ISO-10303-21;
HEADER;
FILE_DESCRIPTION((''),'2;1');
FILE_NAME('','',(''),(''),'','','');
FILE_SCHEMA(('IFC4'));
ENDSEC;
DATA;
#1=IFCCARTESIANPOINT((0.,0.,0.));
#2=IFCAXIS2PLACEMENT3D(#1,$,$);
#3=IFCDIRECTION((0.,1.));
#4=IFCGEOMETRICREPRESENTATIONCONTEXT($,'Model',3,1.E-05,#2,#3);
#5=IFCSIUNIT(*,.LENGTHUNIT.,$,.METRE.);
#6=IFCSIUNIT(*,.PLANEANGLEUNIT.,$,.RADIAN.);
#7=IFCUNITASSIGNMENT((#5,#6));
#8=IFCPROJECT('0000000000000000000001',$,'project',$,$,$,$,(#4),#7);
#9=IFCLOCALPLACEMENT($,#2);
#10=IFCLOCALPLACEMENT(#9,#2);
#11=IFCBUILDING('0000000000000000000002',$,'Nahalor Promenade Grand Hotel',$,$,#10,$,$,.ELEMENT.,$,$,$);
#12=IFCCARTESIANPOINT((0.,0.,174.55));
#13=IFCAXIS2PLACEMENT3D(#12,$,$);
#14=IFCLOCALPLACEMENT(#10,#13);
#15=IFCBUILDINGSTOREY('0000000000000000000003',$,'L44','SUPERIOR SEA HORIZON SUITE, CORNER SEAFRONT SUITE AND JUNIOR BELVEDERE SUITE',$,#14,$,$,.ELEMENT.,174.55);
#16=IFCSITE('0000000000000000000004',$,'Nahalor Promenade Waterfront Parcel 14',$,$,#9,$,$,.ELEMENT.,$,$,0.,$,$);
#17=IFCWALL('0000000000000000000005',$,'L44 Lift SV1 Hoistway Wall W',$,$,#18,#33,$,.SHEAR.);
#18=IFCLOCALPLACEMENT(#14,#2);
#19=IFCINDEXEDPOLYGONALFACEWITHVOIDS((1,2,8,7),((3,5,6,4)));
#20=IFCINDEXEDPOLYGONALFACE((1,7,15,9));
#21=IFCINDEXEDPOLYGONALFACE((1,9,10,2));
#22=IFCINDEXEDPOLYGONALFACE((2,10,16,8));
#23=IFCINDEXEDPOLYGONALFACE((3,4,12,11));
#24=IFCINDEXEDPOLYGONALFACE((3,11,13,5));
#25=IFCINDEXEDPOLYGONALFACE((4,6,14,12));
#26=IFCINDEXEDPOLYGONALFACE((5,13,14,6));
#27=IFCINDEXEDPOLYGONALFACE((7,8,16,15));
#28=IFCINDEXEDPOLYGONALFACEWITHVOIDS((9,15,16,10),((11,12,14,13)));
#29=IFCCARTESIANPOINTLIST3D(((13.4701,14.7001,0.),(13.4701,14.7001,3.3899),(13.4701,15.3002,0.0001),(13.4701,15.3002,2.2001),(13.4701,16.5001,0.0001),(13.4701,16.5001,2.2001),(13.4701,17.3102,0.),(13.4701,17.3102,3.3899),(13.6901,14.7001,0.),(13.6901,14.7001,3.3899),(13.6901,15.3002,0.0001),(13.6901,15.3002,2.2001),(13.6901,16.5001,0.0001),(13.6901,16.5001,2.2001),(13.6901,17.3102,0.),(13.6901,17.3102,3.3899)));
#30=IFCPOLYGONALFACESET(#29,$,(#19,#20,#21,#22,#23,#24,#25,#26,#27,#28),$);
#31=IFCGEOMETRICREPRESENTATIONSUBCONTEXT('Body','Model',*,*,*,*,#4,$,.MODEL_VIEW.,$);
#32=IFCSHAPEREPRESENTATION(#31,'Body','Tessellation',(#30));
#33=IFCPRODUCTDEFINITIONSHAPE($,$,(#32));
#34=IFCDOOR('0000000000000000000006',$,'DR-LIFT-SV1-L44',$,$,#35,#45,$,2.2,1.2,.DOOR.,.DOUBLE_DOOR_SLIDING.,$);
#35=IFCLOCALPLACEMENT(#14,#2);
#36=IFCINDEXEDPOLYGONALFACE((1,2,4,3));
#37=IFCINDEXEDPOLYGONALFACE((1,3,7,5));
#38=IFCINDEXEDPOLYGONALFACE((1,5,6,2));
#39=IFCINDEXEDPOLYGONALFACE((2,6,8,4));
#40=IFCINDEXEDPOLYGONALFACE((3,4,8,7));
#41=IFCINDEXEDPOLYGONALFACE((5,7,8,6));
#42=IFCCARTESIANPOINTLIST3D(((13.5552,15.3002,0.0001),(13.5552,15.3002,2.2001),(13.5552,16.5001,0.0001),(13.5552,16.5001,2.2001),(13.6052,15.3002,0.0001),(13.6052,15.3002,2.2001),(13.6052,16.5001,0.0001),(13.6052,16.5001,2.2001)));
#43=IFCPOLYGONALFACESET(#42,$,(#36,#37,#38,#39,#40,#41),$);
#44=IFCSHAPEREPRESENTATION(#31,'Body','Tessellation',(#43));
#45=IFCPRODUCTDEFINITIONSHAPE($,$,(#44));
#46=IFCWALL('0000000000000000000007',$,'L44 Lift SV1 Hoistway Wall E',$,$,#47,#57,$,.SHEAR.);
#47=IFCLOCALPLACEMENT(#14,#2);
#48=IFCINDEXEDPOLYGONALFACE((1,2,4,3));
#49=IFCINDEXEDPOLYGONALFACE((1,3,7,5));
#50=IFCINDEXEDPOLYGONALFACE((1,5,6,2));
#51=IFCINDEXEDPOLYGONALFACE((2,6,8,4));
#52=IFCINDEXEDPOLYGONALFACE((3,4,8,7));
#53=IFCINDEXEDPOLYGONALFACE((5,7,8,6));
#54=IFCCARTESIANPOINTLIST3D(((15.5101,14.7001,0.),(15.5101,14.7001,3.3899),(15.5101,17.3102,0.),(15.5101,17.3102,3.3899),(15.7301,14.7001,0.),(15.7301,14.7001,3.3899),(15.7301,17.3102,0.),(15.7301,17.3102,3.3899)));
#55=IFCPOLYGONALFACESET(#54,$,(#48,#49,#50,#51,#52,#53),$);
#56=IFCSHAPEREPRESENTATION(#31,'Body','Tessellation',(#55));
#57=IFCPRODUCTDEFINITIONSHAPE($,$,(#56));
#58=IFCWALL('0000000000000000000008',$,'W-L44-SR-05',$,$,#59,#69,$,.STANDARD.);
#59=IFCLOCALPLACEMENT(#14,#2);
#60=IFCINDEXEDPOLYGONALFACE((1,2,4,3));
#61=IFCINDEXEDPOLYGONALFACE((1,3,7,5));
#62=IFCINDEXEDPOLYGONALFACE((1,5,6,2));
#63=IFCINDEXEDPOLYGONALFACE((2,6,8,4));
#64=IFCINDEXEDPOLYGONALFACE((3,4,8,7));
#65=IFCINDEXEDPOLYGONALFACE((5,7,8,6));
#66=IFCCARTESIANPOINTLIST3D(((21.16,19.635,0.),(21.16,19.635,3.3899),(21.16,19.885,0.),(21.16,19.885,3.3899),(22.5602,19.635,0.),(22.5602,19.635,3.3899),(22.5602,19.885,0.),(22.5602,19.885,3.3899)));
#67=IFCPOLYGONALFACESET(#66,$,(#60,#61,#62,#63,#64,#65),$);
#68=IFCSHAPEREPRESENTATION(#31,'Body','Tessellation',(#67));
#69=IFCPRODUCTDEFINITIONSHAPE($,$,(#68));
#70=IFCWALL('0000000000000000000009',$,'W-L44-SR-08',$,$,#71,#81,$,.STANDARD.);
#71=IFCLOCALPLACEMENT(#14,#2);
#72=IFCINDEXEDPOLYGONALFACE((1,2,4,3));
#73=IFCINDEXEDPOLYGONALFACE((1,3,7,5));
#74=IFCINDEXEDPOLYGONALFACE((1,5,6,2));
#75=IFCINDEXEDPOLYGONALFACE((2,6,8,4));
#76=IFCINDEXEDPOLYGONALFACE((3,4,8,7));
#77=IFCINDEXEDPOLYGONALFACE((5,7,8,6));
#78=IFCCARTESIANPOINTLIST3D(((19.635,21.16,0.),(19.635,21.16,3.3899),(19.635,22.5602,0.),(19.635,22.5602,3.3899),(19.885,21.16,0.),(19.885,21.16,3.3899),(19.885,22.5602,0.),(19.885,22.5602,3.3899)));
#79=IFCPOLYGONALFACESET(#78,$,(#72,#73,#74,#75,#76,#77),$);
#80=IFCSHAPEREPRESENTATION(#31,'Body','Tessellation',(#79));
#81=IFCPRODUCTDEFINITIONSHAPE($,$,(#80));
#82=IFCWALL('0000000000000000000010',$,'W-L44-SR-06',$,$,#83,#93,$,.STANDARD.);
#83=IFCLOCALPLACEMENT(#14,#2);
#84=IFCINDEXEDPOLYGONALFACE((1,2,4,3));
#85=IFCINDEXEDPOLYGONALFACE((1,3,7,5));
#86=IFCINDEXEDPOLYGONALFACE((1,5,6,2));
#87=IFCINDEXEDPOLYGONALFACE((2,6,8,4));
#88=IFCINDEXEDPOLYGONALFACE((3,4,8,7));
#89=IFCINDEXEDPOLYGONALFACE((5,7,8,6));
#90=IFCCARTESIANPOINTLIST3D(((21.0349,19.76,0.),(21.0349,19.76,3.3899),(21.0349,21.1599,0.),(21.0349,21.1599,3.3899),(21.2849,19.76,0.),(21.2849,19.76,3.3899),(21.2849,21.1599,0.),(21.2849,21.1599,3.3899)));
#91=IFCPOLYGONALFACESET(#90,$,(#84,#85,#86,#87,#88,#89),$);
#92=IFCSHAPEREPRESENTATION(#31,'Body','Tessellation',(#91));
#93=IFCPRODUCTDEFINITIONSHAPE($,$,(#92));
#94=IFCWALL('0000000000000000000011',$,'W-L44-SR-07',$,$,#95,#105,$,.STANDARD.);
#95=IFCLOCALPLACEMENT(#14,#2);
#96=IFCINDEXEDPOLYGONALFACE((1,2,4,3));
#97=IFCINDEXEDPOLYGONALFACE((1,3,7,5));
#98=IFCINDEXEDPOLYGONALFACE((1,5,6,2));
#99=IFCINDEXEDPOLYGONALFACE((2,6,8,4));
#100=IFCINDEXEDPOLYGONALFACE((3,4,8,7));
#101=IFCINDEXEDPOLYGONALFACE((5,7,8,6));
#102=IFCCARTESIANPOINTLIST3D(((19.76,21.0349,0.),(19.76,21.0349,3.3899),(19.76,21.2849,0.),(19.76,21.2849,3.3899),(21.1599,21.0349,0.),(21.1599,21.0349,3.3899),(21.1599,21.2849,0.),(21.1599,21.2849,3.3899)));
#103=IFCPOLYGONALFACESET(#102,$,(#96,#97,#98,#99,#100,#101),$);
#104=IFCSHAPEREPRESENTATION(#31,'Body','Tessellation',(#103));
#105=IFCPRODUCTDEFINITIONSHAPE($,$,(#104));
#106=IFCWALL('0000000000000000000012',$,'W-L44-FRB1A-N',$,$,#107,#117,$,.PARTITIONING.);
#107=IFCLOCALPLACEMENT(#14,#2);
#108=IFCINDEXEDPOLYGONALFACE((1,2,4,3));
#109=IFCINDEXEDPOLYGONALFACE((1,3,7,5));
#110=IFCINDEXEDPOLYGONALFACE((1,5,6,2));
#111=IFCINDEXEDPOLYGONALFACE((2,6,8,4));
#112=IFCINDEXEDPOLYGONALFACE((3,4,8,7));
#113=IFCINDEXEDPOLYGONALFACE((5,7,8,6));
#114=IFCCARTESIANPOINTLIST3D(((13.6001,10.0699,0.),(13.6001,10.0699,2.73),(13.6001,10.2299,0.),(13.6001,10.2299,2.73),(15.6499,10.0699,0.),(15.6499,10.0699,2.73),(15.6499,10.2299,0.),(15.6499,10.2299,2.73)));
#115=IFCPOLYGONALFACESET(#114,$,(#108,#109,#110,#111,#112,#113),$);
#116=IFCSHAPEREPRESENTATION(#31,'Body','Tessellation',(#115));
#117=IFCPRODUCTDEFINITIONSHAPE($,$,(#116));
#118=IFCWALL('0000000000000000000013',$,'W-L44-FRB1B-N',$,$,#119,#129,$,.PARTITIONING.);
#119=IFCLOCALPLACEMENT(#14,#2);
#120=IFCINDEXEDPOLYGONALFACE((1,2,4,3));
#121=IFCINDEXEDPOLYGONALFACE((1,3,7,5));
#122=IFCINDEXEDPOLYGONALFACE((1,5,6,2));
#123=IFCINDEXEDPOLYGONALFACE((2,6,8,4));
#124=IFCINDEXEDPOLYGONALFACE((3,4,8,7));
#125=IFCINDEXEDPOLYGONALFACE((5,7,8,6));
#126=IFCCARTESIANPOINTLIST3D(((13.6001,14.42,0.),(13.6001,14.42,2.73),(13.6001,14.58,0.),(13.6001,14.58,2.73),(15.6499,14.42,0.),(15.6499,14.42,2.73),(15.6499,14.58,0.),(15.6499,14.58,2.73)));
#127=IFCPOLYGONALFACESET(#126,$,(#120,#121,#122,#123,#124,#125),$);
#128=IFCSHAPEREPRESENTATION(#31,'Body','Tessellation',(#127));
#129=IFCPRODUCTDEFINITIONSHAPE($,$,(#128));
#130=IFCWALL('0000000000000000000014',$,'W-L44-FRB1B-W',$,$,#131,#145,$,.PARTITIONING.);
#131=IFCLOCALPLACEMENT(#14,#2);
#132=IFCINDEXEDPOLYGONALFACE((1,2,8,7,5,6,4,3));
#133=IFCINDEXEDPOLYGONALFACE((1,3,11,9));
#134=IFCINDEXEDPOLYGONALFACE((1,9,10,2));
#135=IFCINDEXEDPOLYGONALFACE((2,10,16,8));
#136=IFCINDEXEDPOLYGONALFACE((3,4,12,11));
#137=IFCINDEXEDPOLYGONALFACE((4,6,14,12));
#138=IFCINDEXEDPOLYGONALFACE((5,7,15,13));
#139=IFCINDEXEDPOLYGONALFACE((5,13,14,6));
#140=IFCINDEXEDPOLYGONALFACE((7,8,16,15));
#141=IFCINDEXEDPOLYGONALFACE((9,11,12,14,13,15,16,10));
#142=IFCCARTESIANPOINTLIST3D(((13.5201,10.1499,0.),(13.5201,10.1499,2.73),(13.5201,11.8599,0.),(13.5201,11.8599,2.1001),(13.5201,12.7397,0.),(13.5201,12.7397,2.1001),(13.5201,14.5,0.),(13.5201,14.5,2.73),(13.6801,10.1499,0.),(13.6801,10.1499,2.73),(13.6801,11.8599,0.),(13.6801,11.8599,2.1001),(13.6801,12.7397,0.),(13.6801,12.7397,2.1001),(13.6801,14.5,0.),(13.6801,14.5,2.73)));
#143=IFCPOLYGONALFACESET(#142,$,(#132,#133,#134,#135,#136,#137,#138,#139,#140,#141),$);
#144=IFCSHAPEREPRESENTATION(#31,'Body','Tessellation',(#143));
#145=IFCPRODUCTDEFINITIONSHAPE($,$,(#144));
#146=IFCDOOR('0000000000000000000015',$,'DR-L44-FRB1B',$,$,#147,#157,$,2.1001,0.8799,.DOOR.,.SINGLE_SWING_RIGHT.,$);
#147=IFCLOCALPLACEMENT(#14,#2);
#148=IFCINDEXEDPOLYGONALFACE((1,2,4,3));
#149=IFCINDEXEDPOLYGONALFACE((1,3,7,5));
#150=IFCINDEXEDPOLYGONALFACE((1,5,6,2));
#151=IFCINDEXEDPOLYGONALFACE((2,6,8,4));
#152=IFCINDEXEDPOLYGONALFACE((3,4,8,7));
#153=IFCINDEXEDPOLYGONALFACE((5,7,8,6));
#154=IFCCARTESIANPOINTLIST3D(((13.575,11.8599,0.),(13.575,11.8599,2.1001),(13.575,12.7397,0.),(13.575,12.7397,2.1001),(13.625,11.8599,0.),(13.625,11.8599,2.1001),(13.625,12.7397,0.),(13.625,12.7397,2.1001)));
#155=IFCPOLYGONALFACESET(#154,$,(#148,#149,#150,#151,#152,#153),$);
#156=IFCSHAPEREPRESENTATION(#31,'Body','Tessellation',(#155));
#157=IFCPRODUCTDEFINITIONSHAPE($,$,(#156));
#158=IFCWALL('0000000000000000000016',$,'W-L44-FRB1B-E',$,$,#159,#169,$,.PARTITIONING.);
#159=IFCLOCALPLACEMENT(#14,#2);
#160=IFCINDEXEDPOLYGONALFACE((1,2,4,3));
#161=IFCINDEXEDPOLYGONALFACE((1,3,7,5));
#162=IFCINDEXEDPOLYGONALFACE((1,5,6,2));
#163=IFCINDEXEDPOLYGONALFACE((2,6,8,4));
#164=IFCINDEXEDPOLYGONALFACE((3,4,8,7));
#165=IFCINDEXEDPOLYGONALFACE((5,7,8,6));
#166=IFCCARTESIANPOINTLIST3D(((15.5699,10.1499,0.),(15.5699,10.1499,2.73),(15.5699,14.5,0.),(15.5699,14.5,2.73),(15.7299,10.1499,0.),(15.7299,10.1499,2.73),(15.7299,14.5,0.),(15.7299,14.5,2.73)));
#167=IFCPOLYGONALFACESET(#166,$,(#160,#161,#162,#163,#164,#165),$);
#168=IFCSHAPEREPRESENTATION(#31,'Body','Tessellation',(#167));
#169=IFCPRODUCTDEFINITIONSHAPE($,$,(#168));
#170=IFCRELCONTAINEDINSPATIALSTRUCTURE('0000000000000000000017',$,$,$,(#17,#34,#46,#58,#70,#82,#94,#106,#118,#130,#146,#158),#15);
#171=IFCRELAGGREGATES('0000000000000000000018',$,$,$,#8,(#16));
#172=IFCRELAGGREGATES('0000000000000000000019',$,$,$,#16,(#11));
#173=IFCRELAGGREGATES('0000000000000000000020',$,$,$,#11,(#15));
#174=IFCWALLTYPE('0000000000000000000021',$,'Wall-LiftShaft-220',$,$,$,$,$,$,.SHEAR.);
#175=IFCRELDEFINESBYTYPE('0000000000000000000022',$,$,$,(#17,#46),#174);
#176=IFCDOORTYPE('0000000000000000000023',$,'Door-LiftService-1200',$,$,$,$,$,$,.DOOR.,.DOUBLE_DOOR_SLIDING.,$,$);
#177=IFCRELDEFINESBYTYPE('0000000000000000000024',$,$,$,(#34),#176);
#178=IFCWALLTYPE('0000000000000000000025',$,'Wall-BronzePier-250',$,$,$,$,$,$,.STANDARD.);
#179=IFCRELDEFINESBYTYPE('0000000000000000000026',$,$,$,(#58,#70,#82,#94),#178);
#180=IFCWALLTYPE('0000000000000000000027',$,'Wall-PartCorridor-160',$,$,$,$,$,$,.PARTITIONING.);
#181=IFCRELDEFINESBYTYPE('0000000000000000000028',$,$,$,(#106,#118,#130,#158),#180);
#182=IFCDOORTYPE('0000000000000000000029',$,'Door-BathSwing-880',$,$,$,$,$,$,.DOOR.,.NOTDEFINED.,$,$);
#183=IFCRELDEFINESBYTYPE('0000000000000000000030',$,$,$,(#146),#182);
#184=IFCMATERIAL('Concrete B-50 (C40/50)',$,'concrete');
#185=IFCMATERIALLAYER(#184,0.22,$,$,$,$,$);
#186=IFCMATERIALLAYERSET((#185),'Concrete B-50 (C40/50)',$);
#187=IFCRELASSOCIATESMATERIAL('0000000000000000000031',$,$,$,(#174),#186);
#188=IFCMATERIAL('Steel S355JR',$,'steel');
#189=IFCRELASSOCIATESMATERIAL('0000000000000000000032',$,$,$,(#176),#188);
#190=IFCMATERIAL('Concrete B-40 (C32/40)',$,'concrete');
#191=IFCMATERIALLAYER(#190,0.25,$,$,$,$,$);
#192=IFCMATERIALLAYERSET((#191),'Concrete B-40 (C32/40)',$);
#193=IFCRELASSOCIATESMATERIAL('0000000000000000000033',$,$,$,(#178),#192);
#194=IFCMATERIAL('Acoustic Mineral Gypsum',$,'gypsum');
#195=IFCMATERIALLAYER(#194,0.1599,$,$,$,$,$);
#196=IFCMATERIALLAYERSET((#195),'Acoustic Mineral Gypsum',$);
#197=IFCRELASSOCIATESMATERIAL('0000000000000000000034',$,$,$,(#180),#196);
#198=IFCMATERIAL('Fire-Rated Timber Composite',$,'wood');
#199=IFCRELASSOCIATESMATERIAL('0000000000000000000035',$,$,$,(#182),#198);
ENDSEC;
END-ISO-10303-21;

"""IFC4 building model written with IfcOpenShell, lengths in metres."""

from ifc_helpers import new_model, si_unit, direction, frame, frame_2d, origin, place, context, subcontext, project, spatial, rectangle, extrude, source, transform, mapped, material, layer, layer_set, type_object, element, fill, save


model = new_model("IFC4")

# Units and contexts
model_context = context("Model", 3, precision=1e-05, world=origin(), true_north=direction((0.0, 1.0)))
body_context = subcontext(model_context, "Body", "Model", "MODEL_VIEW")
ifc_project = project(units=[si_unit("LENGTHUNIT", "METRE"), si_unit("PLANEANGLEUNIT", "RADIAN")], contexts=[model_context])

# Site, building, storey
site_placement = place(None, origin())
site = spatial("IfcSite", under=ifc_project, at=site_placement, Name="Nahalor Promenade Waterfront Parcel 14", CompositionType="ELEMENT", RefElevation=0.0)
building_placement = place(site_placement, origin())
building = spatial("IfcBuilding", under=site, at=building_placement, Name="Nahalor Promenade Grand Hotel", CompositionType="ELEMENT")
storey_placement = place(building_placement, frame((0.0, 0.0, 174.55)))
storey = spatial("IfcBuildingStorey", under=building, at=storey_placement, Name="L44", Description="SUPERIOR SEA HORIZON SUITE, CORNER SEAFRONT SUITE AND JUNIOR BELVEDERE SUITE", CompositionType="ELEMENT", Elevation=174.55)

# Shared definitions
ifc_material_1 = material(Name="Steel S355JR", Category="steel")

# Shared definitions
ifc_material_2 = material(Name="Concrete B-50 (C40/50)", Category="concrete")
ifc_layer_1 = layer(ifc_material_2, 0.22)
ifc_layer_set_1 = layer_set([ifc_layer_1], Name="Concrete B-50 (C40/50)")
wall_type_1 = type_object("IfcWallType", Name="Wall-LiftShaft-220", PredefinedType="SHEAR", material=ifc_layer_set_1)

# Wall, opening, door
shared_shape_1 = source(origin(), body_context, "Body", "SweptSolid", [
    extrude(rectangle(XDim=2.6101, YDim=0.22, at=frame_2d((1.3052, 0.0))), origin(), (0.0, 0.0, 1.0), 3.3899),
])
wall_1_placement = place(storey_placement, frame((13.5801, 14.7, 0.0), z_axis=(0.0, 0.0, 1.0), x_axis=(0.0, 1.0, 0.0)))
wall_1 = element("IfcWall", 1, at=wall_1_placement, inside=storey, type_object=wall_type_1, Name="L44 Lift SV1 Hoistway Wall W", PredefinedType="SHEAR", context=body_context, shape_type="MappedRepresentation", body=[
    mapped(shared_shape_1, transform((0.0, 0.0, 0.0), scale=1.0)),
])
opening_1_placement = place(wall_1_placement, frame((0.6001, 0.0, 0.0)))
opening_1 = element("IfcOpeningElement", 2, at=opening_1_placement, cuts=wall_1, PredefinedType="OPENING", context=body_context, shape_type="SweptSolid", body=[
    extrude(rectangle(XDim=1.2, YDim=2.2, at=frame_2d((0.6001, 1.1001))), frame((0.0, 0.1199, 0.0), z_axis=(0.0, -1.0, 0.0), x_axis=(1.0, 0.0, 0.0)), (0.0, 0.0, 1.0), 0.24),
])
door_type_1 = type_object("IfcDoorType", Name="Door-LiftService-1200", OperationType="DOUBLE_DOOR_SLIDING", PredefinedType="DOOR", material=ifc_material_1)
shared_shape_2 = source(origin(), body_context, "Body", "SweptSolid", [
    extrude(rectangle(XDim=1.2, YDim=2.2, at=frame_2d((0.6001, 1.1001))), frame((0.0, 0.0249, 0.0), z_axis=(0.0, -1.0, 0.0), x_axis=(1.0, 0.0, 0.0)), (0.0, 0.0, 1.0), 0.05),
])
door_1_placement = place(opening_1_placement, origin())
door_1 = element("IfcDoor", 3, at=door_1_placement, inside=storey, type_object=door_type_1, Name="DR-LIFT-SV1-L44", OperationType="DOUBLE_DOOR_SLIDING", OverallHeight=2.2, OverallWidth=1.2, PredefinedType="DOOR", context=body_context, shape_type="MappedRepresentation", body=[
    mapped(shared_shape_2, transform((0.0, 0.0, 0.0), scale=1.0)),
])
fill(opening_1, door_1)

# Walls
wall_2_placement = place(storey_placement, frame((15.6201, 14.7, 0.0), z_axis=(0.0, 0.0, 1.0), x_axis=(0.0, 1.0, 0.0)))
element("IfcWall", 4, at=wall_2_placement, inside=storey, type_object=wall_type_1, Name="L44 Lift SV1 Hoistway Wall E", PredefinedType="SHEAR", context=body_context, shape_type="MappedRepresentation", body=[
    mapped(shared_shape_1, transform((0.0, 0.0, 0.0), scale=1.0)),
])
ifc_material_3 = material(Name="Concrete B-40 (C32/40)", Category="concrete")
ifc_layer_2 = layer(ifc_material_3, 0.25)
ifc_layer_set_2 = layer_set([ifc_layer_2], Name="Concrete B-40 (C32/40)")
wall_type_2 = type_object("IfcWallType", Name="Wall-BronzePier-250", PredefinedType="STANDARD", material=ifc_layer_set_2)
shared_shape_3 = source(origin(), body_context, "Body", "SweptSolid", [
    extrude(rectangle(XDim=1.4001, YDim=0.25, at=frame_2d((0.7002, 0.0))), origin(), (0.0, 0.0, 1.0), 3.3899),
])
for number, where, z_axis, x_axis, name in (
    (5, (21.1599, 19.76, 0.0), (0.0, 0.0, 1.0), (1.0, 0.0, 0.0), "W-L44-SR-05"),
    (6, (19.76, 21.1599, 0.0), (0.0, 0.0, 1.0), (0.0, 1.0, 0.0), "W-L44-SR-08"),
):
    element("IfcWall", number, at=place(storey_placement, frame(where, z_axis=z_axis, x_axis=x_axis)), inside=storey, type_object=wall_type_2, Name=name, PredefinedType="STANDARD", context=body_context, shape_type="MappedRepresentation", body=[
        mapped(shared_shape_3, transform((0.0, 0.0, 0.0), scale=1.0)),
    ])
shared_shape_4 = source(origin(), body_context, "Body", "SweptSolid", [
    extrude(rectangle(XDim=1.3999, YDim=0.25, at=frame_2d((0.7, 0.0))), origin(), (0.0, 0.0, 1.0), 3.3899),
])
for number, where, z_axis, x_axis, name in (
    (7, (21.1599, 19.76, 0.0), (0.0, 0.0, 1.0), (0.0, 1.0, 0.0), "W-L44-SR-06"),
    (8, (19.76, 21.1599, 0.0), (0.0, 0.0, 1.0), (1.0, 0.0, 0.0), "W-L44-SR-07"),
):
    element("IfcWall", number, at=place(storey_placement, frame(where, z_axis=z_axis, x_axis=x_axis)), inside=storey, type_object=wall_type_2, Name=name, PredefinedType="STANDARD", context=body_context, shape_type="MappedRepresentation", body=[
        mapped(shared_shape_4, transform((0.0, 0.0, 0.0), scale=1.0)),
    ])
ifc_material_4 = material(Name="Acoustic Mineral Gypsum", Category="gypsum")
ifc_layer_3 = layer(ifc_material_4, 0.1599)
ifc_layer_set_3 = layer_set([ifc_layer_3], Name="Acoustic Mineral Gypsum")
wall_type_3 = type_object("IfcWallType", Name="Wall-PartCorridor-160", PredefinedType="PARTITIONING", material=ifc_layer_set_3)
shared_shape_5 = source(origin(), body_context, "Body", "SweptSolid", [
    extrude(rectangle(XDim=2.0498, YDim=0.1599, at=frame_2d((1.0249, 0.0))), origin(), (0.0, 0.0, 1.0), 2.73),
])
for number, where, z_axis, x_axis, name in (
    (9, (13.6001, 10.1499, 0.0), (0.0, 0.0, 1.0), (1.0, 0.0, 0.0), "W-L44-FRB1A-N"),
    (10, (13.6001, 14.5, 0.0), (0.0, 0.0, 1.0), (1.0, 0.0, 0.0), "W-L44-FRB1B-N"),
):
    element("IfcWall", number, at=place(storey_placement, frame(where, z_axis=z_axis, x_axis=x_axis)), inside=storey, type_object=wall_type_3, Name=name, PredefinedType="PARTITIONING", context=body_context, shape_type="MappedRepresentation", body=[
        mapped(shared_shape_5, transform((0.0, 0.0, 0.0), scale=1.0)),
    ])

# Wall, opening, door
shared_shape_6 = source(origin(), body_context, "Body", "SweptSolid", [
    extrude(rectangle(XDim=4.3501, YDim=0.1599, at=frame_2d((2.175, 0.0))), origin(), (0.0, 0.0, 1.0), 2.73),
])
wall_3_placement = place(storey_placement, frame((13.6001, 10.1499, 0.0), z_axis=(0.0, 0.0, 1.0), x_axis=(0.0, 1.0, 0.0)))
wall_3 = element("IfcWall", 11, at=wall_3_placement, inside=storey, type_object=wall_type_3, Name="W-L44-FRB1B-W", PredefinedType="PARTITIONING", context=body_context, shape_type="MappedRepresentation", body=[
    mapped(shared_shape_6, transform((0.0, 0.0, 0.0), scale=1.0)),
])
opening_2_placement = place(wall_3_placement, frame((1.71, 0.0, 0.0)))
opening_2 = element("IfcOpeningElement", 12, at=opening_2_placement, cuts=wall_3, PredefinedType="OPENING", context=body_context, shape_type="SweptSolid", body=[
    extrude(rectangle(XDim=0.8799, YDim=2.1001, at=frame_2d((0.4399, 1.05))), frame((0.0, 0.0898, 0.0), z_axis=(0.0, -1.0, 0.0), x_axis=(1.0, 0.0, 0.0)), (0.0, 0.0, 1.0), 0.1799),
])
ifc_material_5 = material(Name="Fire-Rated Timber Composite", Category="wood")
door_type_2 = type_object("IfcDoorType", Name="Door-BathSwing-880", OperationType="NOTDEFINED", PredefinedType="DOOR", material=ifc_material_5)
shared_shape_7 = source(origin(), body_context, "Body", "SweptSolid", [
    extrude(rectangle(XDim=0.8799, YDim=2.1001, at=frame_2d((0.4399, 1.05))), frame((0.0, 0.0249, 0.0), z_axis=(0.0, -1.0, 0.0), x_axis=(1.0, 0.0, 0.0)), (0.0, 0.0, 1.0), 0.05),
])
door_2_placement = place(opening_2_placement, frame((0.8799, 0.0, 0.0), z_axis=(0.0, 0.0, 1.0), x_axis=(-1.0, 0.0, 0.0)))
door_2 = element("IfcDoor", 13, at=door_2_placement, inside=storey, type_object=door_type_2, Name="DR-L44-FRB1B", OperationType="SINGLE_SWING_RIGHT", OverallHeight=2.1001, OverallWidth=0.8799, PredefinedType="DOOR", context=body_context, shape_type="MappedRepresentation", body=[
    mapped(shared_shape_7, transform((0.0, 0.0, 0.0), scale=1.0)),
])
fill(opening_2, door_2)

# Wall
wall_4_placement = place(storey_placement, frame((15.6499, 10.1499, 0.0), z_axis=(0.0, 0.0, 1.0), x_axis=(0.0, 1.0, 0.0)))
element("IfcWall", 14, at=wall_4_placement, inside=storey, type_object=wall_type_3, Name="W-L44-FRB1B-E", PredefinedType="PARTITIONING", context=body_context, shape_type="MappedRepresentation", body=[
    mapped(shared_shape_6, transform((0.0, 0.0, 0.0), scale=1.0)),
])

save(model, "model.ifc")
